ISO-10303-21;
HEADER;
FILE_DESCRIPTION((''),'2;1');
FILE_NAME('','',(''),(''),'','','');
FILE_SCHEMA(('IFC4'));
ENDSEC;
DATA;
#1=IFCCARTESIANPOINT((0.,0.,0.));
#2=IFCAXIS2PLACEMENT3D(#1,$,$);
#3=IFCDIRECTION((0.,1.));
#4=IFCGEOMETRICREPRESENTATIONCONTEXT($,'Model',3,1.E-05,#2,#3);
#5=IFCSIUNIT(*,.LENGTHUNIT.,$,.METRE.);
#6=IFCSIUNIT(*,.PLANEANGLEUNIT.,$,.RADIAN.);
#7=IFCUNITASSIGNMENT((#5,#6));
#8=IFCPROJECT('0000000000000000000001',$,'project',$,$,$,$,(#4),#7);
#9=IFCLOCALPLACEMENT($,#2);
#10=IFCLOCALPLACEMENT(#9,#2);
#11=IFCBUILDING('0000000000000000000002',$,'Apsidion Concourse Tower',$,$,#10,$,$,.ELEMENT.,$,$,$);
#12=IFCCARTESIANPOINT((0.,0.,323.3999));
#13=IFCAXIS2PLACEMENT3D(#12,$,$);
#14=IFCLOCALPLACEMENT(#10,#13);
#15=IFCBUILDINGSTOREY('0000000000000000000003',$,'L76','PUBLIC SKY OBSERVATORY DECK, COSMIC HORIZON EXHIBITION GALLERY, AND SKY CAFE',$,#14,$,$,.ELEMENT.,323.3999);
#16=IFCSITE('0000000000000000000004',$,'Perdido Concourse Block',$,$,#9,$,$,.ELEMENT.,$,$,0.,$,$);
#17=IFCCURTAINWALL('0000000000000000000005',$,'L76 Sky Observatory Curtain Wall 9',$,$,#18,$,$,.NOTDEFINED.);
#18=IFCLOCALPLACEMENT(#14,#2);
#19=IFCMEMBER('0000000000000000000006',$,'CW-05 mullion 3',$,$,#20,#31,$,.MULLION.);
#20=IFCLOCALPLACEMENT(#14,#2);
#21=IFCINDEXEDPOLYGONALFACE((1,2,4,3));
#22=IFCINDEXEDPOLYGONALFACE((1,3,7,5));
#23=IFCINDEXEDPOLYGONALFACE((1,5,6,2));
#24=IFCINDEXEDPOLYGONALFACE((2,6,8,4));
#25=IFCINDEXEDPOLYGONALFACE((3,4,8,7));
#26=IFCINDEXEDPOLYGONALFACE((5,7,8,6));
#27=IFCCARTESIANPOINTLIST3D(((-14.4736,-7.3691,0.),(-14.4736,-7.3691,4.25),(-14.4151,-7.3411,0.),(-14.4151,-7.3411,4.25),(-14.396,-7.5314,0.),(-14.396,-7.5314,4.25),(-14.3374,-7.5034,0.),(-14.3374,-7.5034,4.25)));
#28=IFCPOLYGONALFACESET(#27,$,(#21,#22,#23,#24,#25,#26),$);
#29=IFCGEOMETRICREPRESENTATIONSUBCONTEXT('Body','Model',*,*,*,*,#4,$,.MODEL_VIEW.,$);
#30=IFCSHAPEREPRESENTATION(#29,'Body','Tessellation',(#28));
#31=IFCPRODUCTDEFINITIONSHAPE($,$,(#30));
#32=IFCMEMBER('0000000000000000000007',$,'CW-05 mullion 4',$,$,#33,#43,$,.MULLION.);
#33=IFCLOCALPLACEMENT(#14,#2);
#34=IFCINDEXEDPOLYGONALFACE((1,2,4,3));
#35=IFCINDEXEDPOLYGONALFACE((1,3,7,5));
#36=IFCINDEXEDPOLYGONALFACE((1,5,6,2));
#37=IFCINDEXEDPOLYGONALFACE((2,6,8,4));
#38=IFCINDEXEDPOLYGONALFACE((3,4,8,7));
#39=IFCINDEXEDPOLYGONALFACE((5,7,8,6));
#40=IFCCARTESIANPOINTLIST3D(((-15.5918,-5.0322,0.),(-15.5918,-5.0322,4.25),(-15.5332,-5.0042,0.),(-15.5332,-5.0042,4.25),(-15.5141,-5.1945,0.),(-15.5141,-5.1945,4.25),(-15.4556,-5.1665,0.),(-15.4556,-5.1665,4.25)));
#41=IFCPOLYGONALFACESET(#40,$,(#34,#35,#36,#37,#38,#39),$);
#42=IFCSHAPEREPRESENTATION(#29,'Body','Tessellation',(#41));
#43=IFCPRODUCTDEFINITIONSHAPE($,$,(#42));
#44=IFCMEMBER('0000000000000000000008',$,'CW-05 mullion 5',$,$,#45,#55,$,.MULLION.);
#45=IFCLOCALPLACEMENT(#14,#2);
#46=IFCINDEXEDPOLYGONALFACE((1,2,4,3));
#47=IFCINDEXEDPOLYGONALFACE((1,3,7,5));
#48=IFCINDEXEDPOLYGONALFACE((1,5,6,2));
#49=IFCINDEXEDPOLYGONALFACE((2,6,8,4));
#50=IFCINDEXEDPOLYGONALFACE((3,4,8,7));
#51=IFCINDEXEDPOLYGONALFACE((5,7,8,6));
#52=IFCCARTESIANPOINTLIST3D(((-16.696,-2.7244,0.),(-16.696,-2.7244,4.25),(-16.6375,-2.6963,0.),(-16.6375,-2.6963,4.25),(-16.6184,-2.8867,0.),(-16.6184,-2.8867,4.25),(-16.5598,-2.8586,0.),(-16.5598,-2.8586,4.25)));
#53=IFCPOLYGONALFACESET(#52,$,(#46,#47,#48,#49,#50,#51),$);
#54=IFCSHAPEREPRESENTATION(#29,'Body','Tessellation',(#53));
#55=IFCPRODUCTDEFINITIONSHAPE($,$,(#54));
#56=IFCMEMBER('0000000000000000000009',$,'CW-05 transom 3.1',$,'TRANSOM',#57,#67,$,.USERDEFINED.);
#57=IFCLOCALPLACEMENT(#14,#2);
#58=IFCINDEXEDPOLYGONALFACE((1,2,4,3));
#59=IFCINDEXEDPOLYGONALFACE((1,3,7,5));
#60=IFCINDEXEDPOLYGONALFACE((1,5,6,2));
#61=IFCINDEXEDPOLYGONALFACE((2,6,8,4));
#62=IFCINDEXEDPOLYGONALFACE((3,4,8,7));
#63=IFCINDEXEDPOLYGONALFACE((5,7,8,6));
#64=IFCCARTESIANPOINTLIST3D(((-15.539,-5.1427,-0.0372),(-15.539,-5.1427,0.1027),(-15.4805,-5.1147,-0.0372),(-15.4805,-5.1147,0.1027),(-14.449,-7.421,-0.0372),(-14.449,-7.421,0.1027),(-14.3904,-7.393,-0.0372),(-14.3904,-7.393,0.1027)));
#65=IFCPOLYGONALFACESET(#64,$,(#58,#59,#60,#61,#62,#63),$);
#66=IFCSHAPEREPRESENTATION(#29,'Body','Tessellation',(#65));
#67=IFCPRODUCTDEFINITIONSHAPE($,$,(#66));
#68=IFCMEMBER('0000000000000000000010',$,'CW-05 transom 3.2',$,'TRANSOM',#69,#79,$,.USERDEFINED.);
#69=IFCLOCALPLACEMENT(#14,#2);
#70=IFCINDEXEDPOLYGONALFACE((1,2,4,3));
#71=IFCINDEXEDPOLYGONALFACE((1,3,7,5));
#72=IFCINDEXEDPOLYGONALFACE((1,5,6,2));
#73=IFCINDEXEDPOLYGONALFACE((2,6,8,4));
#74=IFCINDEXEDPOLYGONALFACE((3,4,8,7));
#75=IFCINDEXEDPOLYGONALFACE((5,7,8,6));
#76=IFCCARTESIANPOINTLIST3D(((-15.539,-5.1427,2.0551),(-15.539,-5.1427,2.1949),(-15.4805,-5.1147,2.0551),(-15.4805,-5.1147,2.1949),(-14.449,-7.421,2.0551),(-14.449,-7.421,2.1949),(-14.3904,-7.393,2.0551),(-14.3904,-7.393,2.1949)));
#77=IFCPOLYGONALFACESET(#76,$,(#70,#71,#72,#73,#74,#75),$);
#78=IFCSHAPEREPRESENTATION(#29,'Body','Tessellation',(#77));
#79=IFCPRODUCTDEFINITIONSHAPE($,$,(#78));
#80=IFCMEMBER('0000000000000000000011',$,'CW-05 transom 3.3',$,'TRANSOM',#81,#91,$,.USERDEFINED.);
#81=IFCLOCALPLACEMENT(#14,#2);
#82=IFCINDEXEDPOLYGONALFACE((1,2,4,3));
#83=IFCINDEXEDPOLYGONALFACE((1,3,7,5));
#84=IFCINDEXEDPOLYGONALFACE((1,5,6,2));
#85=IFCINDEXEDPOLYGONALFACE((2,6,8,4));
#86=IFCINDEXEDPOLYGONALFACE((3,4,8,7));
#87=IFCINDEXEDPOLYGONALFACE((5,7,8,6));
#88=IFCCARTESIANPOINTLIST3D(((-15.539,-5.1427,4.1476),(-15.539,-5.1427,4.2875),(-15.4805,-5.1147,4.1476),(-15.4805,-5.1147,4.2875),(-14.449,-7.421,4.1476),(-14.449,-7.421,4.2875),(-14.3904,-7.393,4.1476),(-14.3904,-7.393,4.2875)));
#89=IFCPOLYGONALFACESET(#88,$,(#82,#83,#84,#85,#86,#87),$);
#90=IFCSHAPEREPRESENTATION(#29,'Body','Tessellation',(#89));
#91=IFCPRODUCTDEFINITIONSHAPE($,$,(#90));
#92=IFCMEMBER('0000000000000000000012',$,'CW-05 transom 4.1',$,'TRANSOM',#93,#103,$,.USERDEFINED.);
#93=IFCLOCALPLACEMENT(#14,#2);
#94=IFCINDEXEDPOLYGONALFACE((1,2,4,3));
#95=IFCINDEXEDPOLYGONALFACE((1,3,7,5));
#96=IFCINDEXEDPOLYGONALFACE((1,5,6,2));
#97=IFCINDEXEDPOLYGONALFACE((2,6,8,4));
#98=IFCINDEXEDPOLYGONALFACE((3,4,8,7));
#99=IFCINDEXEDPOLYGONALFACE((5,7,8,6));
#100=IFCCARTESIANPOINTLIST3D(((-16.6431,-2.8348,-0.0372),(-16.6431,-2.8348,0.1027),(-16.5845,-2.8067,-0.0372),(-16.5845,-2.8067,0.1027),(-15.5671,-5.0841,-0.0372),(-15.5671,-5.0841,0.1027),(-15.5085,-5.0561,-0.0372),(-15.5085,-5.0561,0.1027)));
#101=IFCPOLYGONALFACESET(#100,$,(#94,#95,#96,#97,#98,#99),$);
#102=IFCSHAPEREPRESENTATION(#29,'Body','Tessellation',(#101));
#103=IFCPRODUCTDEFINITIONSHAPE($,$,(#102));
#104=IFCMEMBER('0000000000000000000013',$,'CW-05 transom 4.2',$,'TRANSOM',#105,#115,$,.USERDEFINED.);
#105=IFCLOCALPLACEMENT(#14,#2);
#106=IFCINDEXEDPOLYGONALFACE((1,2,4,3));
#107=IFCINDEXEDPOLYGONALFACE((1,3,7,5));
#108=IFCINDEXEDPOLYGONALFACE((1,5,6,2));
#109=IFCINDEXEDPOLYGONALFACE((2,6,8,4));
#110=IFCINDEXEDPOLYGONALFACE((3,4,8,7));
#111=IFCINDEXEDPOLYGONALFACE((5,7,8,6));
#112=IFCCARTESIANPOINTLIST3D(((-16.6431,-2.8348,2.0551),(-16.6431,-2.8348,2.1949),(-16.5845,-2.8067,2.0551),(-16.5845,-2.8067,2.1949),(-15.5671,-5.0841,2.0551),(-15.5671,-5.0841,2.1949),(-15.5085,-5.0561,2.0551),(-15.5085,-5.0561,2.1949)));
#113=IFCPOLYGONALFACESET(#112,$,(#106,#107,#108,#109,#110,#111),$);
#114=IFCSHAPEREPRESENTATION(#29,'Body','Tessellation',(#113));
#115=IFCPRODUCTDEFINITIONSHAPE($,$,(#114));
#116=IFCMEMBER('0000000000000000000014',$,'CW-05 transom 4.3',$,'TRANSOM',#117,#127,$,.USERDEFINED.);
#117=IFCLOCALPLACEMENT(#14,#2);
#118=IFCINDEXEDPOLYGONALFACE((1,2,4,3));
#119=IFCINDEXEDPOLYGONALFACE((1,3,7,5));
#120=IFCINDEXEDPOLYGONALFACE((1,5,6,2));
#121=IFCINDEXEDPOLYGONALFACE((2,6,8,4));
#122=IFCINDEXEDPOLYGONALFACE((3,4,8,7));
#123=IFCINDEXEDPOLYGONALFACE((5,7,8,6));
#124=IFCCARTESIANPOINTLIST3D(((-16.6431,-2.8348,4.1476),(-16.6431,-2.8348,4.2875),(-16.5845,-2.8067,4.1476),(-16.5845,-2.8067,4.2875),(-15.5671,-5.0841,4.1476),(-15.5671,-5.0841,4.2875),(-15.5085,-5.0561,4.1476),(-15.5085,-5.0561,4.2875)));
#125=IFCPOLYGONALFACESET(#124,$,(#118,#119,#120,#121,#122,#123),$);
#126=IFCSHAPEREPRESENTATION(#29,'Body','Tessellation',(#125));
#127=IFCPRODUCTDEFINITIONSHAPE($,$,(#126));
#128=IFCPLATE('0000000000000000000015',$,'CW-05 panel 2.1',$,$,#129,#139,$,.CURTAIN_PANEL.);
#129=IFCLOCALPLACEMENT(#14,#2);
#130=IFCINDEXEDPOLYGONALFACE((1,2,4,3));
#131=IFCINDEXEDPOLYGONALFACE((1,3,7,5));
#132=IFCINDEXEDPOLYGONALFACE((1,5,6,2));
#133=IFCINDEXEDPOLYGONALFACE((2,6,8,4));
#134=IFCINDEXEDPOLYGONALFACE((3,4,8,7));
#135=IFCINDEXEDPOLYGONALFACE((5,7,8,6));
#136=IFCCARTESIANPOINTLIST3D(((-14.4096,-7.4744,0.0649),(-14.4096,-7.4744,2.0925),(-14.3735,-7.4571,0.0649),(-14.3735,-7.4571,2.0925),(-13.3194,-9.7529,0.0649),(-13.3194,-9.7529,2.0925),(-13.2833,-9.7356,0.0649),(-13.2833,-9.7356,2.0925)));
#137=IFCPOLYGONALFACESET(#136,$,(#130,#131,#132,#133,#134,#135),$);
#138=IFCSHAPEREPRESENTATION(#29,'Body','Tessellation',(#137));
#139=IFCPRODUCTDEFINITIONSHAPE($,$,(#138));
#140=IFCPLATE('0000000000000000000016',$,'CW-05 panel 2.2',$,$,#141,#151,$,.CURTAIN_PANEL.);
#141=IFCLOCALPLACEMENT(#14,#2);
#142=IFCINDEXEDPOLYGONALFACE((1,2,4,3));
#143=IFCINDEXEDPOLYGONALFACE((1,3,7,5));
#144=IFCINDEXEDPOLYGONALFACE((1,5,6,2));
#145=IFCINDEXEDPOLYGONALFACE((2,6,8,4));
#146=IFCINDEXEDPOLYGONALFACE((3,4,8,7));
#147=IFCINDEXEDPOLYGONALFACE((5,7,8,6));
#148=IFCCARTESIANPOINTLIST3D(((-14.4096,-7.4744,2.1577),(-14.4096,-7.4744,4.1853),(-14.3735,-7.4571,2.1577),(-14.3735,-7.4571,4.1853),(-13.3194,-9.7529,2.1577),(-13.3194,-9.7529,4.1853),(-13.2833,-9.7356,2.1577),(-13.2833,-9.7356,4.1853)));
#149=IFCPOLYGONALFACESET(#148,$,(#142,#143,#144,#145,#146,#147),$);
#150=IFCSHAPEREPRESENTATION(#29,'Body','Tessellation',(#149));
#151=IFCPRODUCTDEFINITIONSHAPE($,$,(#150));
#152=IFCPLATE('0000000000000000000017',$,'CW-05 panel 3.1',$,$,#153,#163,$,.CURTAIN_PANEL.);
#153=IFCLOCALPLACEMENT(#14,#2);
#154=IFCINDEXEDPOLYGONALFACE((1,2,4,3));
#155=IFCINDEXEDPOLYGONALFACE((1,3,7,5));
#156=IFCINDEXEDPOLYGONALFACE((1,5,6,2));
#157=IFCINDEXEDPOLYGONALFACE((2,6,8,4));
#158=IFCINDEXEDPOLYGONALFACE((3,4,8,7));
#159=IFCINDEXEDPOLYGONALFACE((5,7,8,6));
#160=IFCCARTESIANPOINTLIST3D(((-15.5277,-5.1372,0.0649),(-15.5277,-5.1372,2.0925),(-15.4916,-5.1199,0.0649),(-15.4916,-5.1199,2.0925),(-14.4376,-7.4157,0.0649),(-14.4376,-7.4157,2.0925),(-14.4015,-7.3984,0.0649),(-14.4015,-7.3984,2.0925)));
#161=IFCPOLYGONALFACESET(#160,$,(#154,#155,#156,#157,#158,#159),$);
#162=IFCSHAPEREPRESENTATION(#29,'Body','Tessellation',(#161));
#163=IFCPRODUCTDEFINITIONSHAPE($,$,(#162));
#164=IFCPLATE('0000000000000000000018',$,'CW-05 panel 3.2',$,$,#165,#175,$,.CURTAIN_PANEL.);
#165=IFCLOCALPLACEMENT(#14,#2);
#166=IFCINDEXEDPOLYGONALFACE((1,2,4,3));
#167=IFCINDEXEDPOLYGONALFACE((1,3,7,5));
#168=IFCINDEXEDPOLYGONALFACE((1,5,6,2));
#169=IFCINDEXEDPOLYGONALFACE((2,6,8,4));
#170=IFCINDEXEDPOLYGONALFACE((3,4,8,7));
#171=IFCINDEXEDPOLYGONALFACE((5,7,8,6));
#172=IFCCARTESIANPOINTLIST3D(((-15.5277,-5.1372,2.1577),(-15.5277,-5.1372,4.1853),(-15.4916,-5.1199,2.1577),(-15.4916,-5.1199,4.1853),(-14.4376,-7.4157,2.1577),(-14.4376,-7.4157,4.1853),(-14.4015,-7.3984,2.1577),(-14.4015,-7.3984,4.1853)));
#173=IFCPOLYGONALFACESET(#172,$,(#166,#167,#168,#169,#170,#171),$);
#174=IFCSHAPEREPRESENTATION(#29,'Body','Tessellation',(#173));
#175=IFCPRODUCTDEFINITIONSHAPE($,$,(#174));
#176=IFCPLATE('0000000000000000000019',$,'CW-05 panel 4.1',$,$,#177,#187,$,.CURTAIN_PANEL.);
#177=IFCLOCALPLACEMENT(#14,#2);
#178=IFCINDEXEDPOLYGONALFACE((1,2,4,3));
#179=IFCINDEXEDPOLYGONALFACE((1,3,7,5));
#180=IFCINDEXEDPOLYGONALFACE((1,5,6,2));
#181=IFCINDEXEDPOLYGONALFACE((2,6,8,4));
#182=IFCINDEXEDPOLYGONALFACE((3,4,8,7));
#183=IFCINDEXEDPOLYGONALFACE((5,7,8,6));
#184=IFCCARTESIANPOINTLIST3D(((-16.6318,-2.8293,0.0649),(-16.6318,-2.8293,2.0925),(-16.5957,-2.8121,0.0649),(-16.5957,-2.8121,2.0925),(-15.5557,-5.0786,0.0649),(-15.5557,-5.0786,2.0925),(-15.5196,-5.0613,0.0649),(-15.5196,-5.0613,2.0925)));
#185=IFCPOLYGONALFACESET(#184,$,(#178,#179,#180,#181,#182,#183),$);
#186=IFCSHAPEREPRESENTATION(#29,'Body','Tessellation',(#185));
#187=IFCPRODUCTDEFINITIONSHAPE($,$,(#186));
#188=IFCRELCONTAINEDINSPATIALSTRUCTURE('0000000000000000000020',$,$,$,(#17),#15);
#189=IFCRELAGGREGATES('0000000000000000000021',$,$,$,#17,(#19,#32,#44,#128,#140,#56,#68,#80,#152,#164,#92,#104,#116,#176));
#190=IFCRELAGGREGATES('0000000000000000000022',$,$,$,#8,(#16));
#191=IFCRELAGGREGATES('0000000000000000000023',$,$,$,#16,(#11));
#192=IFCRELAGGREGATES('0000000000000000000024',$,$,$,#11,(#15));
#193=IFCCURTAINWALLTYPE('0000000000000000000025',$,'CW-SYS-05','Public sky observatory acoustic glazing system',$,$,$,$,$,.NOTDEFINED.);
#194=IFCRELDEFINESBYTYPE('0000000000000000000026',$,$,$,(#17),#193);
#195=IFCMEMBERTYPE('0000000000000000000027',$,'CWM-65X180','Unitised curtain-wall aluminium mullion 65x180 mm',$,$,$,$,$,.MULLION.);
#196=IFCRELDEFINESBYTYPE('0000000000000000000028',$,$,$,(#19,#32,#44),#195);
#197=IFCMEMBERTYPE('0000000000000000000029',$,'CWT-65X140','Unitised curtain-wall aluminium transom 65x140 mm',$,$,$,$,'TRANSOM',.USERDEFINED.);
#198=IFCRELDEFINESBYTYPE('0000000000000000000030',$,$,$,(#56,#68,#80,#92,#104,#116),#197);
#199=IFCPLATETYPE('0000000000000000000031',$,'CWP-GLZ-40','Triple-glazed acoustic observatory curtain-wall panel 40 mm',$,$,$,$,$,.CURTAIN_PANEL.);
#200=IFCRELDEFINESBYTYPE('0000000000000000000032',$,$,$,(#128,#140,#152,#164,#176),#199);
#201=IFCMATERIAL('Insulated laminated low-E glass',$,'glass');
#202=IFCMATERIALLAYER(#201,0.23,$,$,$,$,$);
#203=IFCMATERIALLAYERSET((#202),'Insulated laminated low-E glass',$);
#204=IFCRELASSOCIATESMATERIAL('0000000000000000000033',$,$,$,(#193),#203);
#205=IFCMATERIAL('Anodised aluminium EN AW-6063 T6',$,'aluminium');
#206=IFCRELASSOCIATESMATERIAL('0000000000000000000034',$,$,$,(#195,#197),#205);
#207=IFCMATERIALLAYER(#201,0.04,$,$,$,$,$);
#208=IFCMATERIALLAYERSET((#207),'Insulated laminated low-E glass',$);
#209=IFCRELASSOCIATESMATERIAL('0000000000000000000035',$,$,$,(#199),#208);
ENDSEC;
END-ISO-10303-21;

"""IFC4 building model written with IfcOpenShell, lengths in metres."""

from ifc_helpers import new_model, si_unit, direction, frame, origin, origin_2d, place, context, subcontext, project, spatial, rectangle, extrude, material, layer, layer_set, material_profile, profile_set, type_object, element, aggregate, save


model = new_model("IFC4")

# Units and contexts
model_context = context("Model", 3, precision=1e-05, world=origin(), true_north=direction((0.0, 1.0)))
body_context = subcontext(model_context, "Body", "Model", "MODEL_VIEW")
ifc_project = project(units=[si_unit("LENGTHUNIT", "METRE"), si_unit("PLANEANGLEUNIT", "RADIAN")], contexts=[model_context])

# Site, building, storey
site_placement = place(None, origin())
site = spatial("IfcSite", under=ifc_project, at=site_placement, Name="Perdido Concourse Block", CompositionType="ELEMENT", RefElevation=0.0)
building_placement = place(site_placement, origin())
building = spatial("IfcBuilding", under=site, at=building_placement, Name="Apsidion Concourse Tower", CompositionType="ELEMENT")
storey_placement = place(building_placement, frame((0.0, 0.0, 323.3999)))
storey = spatial("IfcBuildingStorey", under=building, at=storey_placement, Name="L76", Description="PUBLIC SKY OBSERVATORY DECK, COSMIC HORIZON EXHIBITION GALLERY, AND SKY CAFE", CompositionType="ELEMENT", Elevation=323.3999)

# Curtain wall, members, plates
ifc_material_1 = material(Name="Insulated laminated low-E glass", Category="glass")
ifc_layer_1 = layer(ifc_material_1, 0.23)
ifc_layer_set_1 = layer_set([ifc_layer_1], Name="Insulated laminated low-E glass")
curtain_wall_type = type_object("IfcCurtainWallType", Name="CW-SYS-05", Description="Public sky observatory acoustic glazing system", PredefinedType="NOTDEFINED", material=ifc_layer_set_1)
curtain_wall_placement = place(storey_placement, origin())
curtain_wall = element("IfcCurtainWall", 1, at=curtain_wall_placement, inside=storey, type_object=curtain_wall_type, Name="L76 Sky Observatory Curtain Wall 9", PredefinedType="NOTDEFINED")
ifc_material_2 = material(Name="Anodised aluminium EN AW-6063 T6", Category="aluminium")
ifc_material_profile_1 = material_profile(ifc_material_2, rectangle(XDim=0.0649, YDim=0.1799, at=origin_2d()), Name="ALU MULLION 65x180")
ifc_profile_set_1 = profile_set([ifc_material_profile_1], Name="Anodised aluminium EN AW-6063 T6")
member_type_1 = type_object("IfcMemberType", Name="CWM-65X180", Description="Unitised curtain-wall aluminium mullion 65x180 mm", PredefinedType="MULLION", material=ifc_profile_set_1)
member_1_placement = place(storey_placement, frame((-14.4055, -7.4363, 0.0), z_axis=(0.0, 0.0, 1.0), x_axis=(-0.902068, -0.431595, 0.0)))
member_1 = element("IfcMember", 2, at=member_1_placement, type_object=member_type_1, Name="CW-05 mullion 3", PredefinedType="MULLION", context=body_context, shape_type="SweptSolid", body=[
    extrude(rectangle(XDim=0.0649, YDim=0.1799, at=origin_2d()), origin(), (0.0, 0.0, 1.0), 4.25),
])
member_2_placement = place(storey_placement, frame((-15.5237, -5.0994, 0.0), z_axis=(0.0, 0.0, 1.0), x_axis=(-0.902068, -0.431595, 0.0)))
member_2 = element("IfcMember", 3, at=member_2_placement, type_object=member_type_1, Name="CW-05 mullion 4", PredefinedType="MULLION", context=body_context, shape_type="SweptSolid", body=[
    extrude(rectangle(XDim=0.0649, YDim=0.1799, at=origin_2d()), origin(), (0.0, 0.0, 1.0), 4.25),
])
member_3_placement = place(storey_placement, frame((-16.6279, -2.7915, 0.0), z_axis=(0.0, 0.0, 1.0), x_axis=(-0.902068, -0.431595, 0.0)))
member_3 = element("IfcMember", 4, at=member_3_placement, type_object=member_type_1, Name="CW-05 mullion 5", PredefinedType="MULLION", context=body_context, shape_type="SweptSolid", body=[
    extrude(rectangle(XDim=0.0649, YDim=0.1799, at=origin_2d()), origin(), (0.0, 0.0, 1.0), 4.25),
])
ifc_material_profile_2 = material_profile(ifc_material_2, rectangle(XDim=0.0649, YDim=0.1399, at=origin_2d()), Name="ALU TRANSOM 65x140")
ifc_profile_set_2 = profile_set([ifc_material_profile_2], Name="Anodised aluminium EN AW-6063 T6")
member_type_2 = type_object("IfcMemberType", Name="CWT-65X140", Description="Unitised curtain-wall aluminium transom 65x140 mm", ElementType="TRANSOM", PredefinedType="USERDEFINED", material=ifc_profile_set_2)
member_4_placement = place(storey_placement, frame((-14.4197, -7.407, 0.0327), z_axis=(-0.431603, 0.902064, 0.0), x_axis=(-0.902064, -0.431603, 0.0)))
member_4 = element("IfcMember", 5, at=member_4_placement, type_object=member_type_2, Name="CW-05 transom 3.1", ObjectType="TRANSOM", PredefinedType="USERDEFINED", context=body_context, shape_type="SweptSolid", body=[
    extrude(rectangle(XDim=0.0649, YDim=0.1399, at=origin_2d()), origin(), (0.0, 0.0, 1.0), 2.5256),
])
member_5_placement = place(storey_placement, frame((-14.4197, -7.407, 2.125), z_axis=(-0.431603, 0.902064, 0.0), x_axis=(-0.902064, -0.431603, 0.0)))
member_5 = element("IfcMember", 6, at=member_5_placement, type_object=member_type_2, Name="CW-05 transom 3.2", ObjectType="TRANSOM", PredefinedType="USERDEFINED", context=body_context, shape_type="SweptSolid", body=[
    extrude(rectangle(XDim=0.0649, YDim=0.1399, at=origin_2d()), origin(), (0.0, 0.0, 1.0), 2.5256),
])
member_6_placement = place(storey_placement, frame((-14.4197, -7.407, 4.2175), z_axis=(-0.431603, 0.902064, 0.0), x_axis=(-0.902064, -0.431603, 0.0)))
member_6 = element("IfcMember", 7, at=member_6_placement, type_object=member_type_2, Name="CW-05 transom 3.3", ObjectType="TRANSOM", PredefinedType="USERDEFINED", context=body_context, shape_type="SweptSolid", body=[
    extrude(rectangle(XDim=0.0649, YDim=0.1399, at=origin_2d()), origin(), (0.0, 0.0, 1.0), 2.5256),
])
member_7_placement = place(storey_placement, frame((-15.5378, -5.0701, 0.0327), z_axis=(-0.431518, 0.902104, 0.0), x_axis=(-0.902104, -0.431518, 0.0)))
member_7 = element("IfcMember", 8, at=member_7_placement, type_object=member_type_2, Name="CW-05 transom 4.1", ObjectType="TRANSOM", PredefinedType="USERDEFINED", context=body_context, shape_type="SweptSolid", body=[
    extrude(rectangle(XDim=0.0649, YDim=0.1399, at=origin_2d()), origin(), (0.0, 0.0, 1.0), 2.4934),
])
member_8_placement = place(storey_placement, frame((-15.5378, -5.0701, 2.125), z_axis=(-0.431518, 0.902104, 0.0), x_axis=(-0.902104, -0.431518, 0.0)))
member_8 = element("IfcMember", 9, at=member_8_placement, type_object=member_type_2, Name="CW-05 transom 4.2", ObjectType="TRANSOM", PredefinedType="USERDEFINED", context=body_context, shape_type="SweptSolid", body=[
    extrude(rectangle(XDim=0.0649, YDim=0.1399, at=origin_2d()), origin(), (0.0, 0.0, 1.0), 2.4934),
])
member_9_placement = place(storey_placement, frame((-15.5378, -5.0701, 4.2175), z_axis=(-0.431518, 0.902104, 0.0), x_axis=(-0.902104, -0.431518, 0.0)))
member_9 = element("IfcMember", 10, at=member_9_placement, type_object=member_type_2, Name="CW-05 transom 4.3", ObjectType="TRANSOM", PredefinedType="USERDEFINED", context=body_context, shape_type="SweptSolid", body=[
    extrude(rectangle(XDim=0.0649, YDim=0.1399, at=origin_2d()), origin(), (0.0, 0.0, 1.0), 2.4934),
])
ifc_layer_2 = layer(ifc_material_1, 0.04)
ifc_layer_set_2 = layer_set([ifc_layer_2], Name="Insulated laminated low-E glass")
plate_type = type_object("IfcPlateType", Name="CWP-GLZ-40", Description="Triple-glazed acoustic observatory curtain-wall panel 40 mm", PredefinedType="CURTAIN_PANEL", material=ifc_layer_set_2)
plate_1_placement = place(storey_placement, frame((-13.8464, -8.605, 0.0649), z_axis=(0.0, 0.0, 1.0), x_axis=(-0.431595, 0.902068, 0.0)))
plate_1 = element("IfcPlate", 11, at=plate_1_placement, type_object=plate_type, Name="CW-05 panel 2.1", PredefinedType="CURTAIN_PANEL", context=body_context, shape_type="SweptSolid", body=[
    extrude(rectangle(XDim=2.5259, YDim=0.04, at=origin_2d()), origin(), (0.0, 0.0, 1.0), 2.0276),
])
plate_2_placement = place(storey_placement, frame((-13.8464, -8.605, 2.1577), z_axis=(0.0, 0.0, 1.0), x_axis=(-0.431595, 0.902068, 0.0)))
plate_2 = element("IfcPlate", 12, at=plate_2_placement, type_object=plate_type, Name="CW-05 panel 2.2", PredefinedType="CURTAIN_PANEL", context=body_context, shape_type="SweptSolid", body=[
    extrude(rectangle(XDim=2.5259, YDim=0.04, at=origin_2d()), origin(), (0.0, 0.0, 1.0), 2.0276),
])
plate_3_placement = place(storey_placement, frame((-14.9646, -6.2678, 0.0649), z_axis=(0.0, 0.0, 1.0), x_axis=(-0.431595, 0.902068, 0.0)))
plate_3 = element("IfcPlate", 13, at=plate_3_placement, type_object=plate_type, Name="CW-05 panel 3.1", PredefinedType="CURTAIN_PANEL", context=body_context, shape_type="SweptSolid", body=[
    extrude(rectangle(XDim=2.5259, YDim=0.04, at=origin_2d()), origin(), (0.0, 0.0, 1.0), 2.0276),
])
plate_4_placement = place(storey_placement, frame((-14.9646, -6.2678, 2.1577), z_axis=(0.0, 0.0, 1.0), x_axis=(-0.431595, 0.902068, 0.0)))
plate_4 = element("IfcPlate", 14, at=plate_4_placement, type_object=plate_type, Name="CW-05 panel 3.2", PredefinedType="CURTAIN_PANEL", context=body_context, shape_type="SweptSolid", body=[
    extrude(rectangle(XDim=2.5259, YDim=0.04, at=origin_2d()), origin(), (0.0, 0.0, 1.0), 2.0276),
])
plate_5_placement = place(storey_placement, frame((-16.0757, -3.9453, 0.0649), z_axis=(0.0, 0.0, 1.0), x_axis=(-0.431595, 0.902068, 0.0)))
plate_5 = element("IfcPlate", 15, at=plate_5_placement, type_object=plate_type, Name="CW-05 panel 4.1", PredefinedType="CURTAIN_PANEL", context=body_context, shape_type="SweptSolid", body=[
    extrude(rectangle(XDim=2.4934, YDim=0.04, at=origin_2d()), origin(), (0.0, 0.0, 1.0), 2.0276),
])
aggregate(curtain_wall, [member_1, member_2, member_3, plate_1, plate_2, member_4, member_5, member_6, plate_3, plate_4, member_7, member_8, member_9, plate_5])

save(model, "model.ifc")
